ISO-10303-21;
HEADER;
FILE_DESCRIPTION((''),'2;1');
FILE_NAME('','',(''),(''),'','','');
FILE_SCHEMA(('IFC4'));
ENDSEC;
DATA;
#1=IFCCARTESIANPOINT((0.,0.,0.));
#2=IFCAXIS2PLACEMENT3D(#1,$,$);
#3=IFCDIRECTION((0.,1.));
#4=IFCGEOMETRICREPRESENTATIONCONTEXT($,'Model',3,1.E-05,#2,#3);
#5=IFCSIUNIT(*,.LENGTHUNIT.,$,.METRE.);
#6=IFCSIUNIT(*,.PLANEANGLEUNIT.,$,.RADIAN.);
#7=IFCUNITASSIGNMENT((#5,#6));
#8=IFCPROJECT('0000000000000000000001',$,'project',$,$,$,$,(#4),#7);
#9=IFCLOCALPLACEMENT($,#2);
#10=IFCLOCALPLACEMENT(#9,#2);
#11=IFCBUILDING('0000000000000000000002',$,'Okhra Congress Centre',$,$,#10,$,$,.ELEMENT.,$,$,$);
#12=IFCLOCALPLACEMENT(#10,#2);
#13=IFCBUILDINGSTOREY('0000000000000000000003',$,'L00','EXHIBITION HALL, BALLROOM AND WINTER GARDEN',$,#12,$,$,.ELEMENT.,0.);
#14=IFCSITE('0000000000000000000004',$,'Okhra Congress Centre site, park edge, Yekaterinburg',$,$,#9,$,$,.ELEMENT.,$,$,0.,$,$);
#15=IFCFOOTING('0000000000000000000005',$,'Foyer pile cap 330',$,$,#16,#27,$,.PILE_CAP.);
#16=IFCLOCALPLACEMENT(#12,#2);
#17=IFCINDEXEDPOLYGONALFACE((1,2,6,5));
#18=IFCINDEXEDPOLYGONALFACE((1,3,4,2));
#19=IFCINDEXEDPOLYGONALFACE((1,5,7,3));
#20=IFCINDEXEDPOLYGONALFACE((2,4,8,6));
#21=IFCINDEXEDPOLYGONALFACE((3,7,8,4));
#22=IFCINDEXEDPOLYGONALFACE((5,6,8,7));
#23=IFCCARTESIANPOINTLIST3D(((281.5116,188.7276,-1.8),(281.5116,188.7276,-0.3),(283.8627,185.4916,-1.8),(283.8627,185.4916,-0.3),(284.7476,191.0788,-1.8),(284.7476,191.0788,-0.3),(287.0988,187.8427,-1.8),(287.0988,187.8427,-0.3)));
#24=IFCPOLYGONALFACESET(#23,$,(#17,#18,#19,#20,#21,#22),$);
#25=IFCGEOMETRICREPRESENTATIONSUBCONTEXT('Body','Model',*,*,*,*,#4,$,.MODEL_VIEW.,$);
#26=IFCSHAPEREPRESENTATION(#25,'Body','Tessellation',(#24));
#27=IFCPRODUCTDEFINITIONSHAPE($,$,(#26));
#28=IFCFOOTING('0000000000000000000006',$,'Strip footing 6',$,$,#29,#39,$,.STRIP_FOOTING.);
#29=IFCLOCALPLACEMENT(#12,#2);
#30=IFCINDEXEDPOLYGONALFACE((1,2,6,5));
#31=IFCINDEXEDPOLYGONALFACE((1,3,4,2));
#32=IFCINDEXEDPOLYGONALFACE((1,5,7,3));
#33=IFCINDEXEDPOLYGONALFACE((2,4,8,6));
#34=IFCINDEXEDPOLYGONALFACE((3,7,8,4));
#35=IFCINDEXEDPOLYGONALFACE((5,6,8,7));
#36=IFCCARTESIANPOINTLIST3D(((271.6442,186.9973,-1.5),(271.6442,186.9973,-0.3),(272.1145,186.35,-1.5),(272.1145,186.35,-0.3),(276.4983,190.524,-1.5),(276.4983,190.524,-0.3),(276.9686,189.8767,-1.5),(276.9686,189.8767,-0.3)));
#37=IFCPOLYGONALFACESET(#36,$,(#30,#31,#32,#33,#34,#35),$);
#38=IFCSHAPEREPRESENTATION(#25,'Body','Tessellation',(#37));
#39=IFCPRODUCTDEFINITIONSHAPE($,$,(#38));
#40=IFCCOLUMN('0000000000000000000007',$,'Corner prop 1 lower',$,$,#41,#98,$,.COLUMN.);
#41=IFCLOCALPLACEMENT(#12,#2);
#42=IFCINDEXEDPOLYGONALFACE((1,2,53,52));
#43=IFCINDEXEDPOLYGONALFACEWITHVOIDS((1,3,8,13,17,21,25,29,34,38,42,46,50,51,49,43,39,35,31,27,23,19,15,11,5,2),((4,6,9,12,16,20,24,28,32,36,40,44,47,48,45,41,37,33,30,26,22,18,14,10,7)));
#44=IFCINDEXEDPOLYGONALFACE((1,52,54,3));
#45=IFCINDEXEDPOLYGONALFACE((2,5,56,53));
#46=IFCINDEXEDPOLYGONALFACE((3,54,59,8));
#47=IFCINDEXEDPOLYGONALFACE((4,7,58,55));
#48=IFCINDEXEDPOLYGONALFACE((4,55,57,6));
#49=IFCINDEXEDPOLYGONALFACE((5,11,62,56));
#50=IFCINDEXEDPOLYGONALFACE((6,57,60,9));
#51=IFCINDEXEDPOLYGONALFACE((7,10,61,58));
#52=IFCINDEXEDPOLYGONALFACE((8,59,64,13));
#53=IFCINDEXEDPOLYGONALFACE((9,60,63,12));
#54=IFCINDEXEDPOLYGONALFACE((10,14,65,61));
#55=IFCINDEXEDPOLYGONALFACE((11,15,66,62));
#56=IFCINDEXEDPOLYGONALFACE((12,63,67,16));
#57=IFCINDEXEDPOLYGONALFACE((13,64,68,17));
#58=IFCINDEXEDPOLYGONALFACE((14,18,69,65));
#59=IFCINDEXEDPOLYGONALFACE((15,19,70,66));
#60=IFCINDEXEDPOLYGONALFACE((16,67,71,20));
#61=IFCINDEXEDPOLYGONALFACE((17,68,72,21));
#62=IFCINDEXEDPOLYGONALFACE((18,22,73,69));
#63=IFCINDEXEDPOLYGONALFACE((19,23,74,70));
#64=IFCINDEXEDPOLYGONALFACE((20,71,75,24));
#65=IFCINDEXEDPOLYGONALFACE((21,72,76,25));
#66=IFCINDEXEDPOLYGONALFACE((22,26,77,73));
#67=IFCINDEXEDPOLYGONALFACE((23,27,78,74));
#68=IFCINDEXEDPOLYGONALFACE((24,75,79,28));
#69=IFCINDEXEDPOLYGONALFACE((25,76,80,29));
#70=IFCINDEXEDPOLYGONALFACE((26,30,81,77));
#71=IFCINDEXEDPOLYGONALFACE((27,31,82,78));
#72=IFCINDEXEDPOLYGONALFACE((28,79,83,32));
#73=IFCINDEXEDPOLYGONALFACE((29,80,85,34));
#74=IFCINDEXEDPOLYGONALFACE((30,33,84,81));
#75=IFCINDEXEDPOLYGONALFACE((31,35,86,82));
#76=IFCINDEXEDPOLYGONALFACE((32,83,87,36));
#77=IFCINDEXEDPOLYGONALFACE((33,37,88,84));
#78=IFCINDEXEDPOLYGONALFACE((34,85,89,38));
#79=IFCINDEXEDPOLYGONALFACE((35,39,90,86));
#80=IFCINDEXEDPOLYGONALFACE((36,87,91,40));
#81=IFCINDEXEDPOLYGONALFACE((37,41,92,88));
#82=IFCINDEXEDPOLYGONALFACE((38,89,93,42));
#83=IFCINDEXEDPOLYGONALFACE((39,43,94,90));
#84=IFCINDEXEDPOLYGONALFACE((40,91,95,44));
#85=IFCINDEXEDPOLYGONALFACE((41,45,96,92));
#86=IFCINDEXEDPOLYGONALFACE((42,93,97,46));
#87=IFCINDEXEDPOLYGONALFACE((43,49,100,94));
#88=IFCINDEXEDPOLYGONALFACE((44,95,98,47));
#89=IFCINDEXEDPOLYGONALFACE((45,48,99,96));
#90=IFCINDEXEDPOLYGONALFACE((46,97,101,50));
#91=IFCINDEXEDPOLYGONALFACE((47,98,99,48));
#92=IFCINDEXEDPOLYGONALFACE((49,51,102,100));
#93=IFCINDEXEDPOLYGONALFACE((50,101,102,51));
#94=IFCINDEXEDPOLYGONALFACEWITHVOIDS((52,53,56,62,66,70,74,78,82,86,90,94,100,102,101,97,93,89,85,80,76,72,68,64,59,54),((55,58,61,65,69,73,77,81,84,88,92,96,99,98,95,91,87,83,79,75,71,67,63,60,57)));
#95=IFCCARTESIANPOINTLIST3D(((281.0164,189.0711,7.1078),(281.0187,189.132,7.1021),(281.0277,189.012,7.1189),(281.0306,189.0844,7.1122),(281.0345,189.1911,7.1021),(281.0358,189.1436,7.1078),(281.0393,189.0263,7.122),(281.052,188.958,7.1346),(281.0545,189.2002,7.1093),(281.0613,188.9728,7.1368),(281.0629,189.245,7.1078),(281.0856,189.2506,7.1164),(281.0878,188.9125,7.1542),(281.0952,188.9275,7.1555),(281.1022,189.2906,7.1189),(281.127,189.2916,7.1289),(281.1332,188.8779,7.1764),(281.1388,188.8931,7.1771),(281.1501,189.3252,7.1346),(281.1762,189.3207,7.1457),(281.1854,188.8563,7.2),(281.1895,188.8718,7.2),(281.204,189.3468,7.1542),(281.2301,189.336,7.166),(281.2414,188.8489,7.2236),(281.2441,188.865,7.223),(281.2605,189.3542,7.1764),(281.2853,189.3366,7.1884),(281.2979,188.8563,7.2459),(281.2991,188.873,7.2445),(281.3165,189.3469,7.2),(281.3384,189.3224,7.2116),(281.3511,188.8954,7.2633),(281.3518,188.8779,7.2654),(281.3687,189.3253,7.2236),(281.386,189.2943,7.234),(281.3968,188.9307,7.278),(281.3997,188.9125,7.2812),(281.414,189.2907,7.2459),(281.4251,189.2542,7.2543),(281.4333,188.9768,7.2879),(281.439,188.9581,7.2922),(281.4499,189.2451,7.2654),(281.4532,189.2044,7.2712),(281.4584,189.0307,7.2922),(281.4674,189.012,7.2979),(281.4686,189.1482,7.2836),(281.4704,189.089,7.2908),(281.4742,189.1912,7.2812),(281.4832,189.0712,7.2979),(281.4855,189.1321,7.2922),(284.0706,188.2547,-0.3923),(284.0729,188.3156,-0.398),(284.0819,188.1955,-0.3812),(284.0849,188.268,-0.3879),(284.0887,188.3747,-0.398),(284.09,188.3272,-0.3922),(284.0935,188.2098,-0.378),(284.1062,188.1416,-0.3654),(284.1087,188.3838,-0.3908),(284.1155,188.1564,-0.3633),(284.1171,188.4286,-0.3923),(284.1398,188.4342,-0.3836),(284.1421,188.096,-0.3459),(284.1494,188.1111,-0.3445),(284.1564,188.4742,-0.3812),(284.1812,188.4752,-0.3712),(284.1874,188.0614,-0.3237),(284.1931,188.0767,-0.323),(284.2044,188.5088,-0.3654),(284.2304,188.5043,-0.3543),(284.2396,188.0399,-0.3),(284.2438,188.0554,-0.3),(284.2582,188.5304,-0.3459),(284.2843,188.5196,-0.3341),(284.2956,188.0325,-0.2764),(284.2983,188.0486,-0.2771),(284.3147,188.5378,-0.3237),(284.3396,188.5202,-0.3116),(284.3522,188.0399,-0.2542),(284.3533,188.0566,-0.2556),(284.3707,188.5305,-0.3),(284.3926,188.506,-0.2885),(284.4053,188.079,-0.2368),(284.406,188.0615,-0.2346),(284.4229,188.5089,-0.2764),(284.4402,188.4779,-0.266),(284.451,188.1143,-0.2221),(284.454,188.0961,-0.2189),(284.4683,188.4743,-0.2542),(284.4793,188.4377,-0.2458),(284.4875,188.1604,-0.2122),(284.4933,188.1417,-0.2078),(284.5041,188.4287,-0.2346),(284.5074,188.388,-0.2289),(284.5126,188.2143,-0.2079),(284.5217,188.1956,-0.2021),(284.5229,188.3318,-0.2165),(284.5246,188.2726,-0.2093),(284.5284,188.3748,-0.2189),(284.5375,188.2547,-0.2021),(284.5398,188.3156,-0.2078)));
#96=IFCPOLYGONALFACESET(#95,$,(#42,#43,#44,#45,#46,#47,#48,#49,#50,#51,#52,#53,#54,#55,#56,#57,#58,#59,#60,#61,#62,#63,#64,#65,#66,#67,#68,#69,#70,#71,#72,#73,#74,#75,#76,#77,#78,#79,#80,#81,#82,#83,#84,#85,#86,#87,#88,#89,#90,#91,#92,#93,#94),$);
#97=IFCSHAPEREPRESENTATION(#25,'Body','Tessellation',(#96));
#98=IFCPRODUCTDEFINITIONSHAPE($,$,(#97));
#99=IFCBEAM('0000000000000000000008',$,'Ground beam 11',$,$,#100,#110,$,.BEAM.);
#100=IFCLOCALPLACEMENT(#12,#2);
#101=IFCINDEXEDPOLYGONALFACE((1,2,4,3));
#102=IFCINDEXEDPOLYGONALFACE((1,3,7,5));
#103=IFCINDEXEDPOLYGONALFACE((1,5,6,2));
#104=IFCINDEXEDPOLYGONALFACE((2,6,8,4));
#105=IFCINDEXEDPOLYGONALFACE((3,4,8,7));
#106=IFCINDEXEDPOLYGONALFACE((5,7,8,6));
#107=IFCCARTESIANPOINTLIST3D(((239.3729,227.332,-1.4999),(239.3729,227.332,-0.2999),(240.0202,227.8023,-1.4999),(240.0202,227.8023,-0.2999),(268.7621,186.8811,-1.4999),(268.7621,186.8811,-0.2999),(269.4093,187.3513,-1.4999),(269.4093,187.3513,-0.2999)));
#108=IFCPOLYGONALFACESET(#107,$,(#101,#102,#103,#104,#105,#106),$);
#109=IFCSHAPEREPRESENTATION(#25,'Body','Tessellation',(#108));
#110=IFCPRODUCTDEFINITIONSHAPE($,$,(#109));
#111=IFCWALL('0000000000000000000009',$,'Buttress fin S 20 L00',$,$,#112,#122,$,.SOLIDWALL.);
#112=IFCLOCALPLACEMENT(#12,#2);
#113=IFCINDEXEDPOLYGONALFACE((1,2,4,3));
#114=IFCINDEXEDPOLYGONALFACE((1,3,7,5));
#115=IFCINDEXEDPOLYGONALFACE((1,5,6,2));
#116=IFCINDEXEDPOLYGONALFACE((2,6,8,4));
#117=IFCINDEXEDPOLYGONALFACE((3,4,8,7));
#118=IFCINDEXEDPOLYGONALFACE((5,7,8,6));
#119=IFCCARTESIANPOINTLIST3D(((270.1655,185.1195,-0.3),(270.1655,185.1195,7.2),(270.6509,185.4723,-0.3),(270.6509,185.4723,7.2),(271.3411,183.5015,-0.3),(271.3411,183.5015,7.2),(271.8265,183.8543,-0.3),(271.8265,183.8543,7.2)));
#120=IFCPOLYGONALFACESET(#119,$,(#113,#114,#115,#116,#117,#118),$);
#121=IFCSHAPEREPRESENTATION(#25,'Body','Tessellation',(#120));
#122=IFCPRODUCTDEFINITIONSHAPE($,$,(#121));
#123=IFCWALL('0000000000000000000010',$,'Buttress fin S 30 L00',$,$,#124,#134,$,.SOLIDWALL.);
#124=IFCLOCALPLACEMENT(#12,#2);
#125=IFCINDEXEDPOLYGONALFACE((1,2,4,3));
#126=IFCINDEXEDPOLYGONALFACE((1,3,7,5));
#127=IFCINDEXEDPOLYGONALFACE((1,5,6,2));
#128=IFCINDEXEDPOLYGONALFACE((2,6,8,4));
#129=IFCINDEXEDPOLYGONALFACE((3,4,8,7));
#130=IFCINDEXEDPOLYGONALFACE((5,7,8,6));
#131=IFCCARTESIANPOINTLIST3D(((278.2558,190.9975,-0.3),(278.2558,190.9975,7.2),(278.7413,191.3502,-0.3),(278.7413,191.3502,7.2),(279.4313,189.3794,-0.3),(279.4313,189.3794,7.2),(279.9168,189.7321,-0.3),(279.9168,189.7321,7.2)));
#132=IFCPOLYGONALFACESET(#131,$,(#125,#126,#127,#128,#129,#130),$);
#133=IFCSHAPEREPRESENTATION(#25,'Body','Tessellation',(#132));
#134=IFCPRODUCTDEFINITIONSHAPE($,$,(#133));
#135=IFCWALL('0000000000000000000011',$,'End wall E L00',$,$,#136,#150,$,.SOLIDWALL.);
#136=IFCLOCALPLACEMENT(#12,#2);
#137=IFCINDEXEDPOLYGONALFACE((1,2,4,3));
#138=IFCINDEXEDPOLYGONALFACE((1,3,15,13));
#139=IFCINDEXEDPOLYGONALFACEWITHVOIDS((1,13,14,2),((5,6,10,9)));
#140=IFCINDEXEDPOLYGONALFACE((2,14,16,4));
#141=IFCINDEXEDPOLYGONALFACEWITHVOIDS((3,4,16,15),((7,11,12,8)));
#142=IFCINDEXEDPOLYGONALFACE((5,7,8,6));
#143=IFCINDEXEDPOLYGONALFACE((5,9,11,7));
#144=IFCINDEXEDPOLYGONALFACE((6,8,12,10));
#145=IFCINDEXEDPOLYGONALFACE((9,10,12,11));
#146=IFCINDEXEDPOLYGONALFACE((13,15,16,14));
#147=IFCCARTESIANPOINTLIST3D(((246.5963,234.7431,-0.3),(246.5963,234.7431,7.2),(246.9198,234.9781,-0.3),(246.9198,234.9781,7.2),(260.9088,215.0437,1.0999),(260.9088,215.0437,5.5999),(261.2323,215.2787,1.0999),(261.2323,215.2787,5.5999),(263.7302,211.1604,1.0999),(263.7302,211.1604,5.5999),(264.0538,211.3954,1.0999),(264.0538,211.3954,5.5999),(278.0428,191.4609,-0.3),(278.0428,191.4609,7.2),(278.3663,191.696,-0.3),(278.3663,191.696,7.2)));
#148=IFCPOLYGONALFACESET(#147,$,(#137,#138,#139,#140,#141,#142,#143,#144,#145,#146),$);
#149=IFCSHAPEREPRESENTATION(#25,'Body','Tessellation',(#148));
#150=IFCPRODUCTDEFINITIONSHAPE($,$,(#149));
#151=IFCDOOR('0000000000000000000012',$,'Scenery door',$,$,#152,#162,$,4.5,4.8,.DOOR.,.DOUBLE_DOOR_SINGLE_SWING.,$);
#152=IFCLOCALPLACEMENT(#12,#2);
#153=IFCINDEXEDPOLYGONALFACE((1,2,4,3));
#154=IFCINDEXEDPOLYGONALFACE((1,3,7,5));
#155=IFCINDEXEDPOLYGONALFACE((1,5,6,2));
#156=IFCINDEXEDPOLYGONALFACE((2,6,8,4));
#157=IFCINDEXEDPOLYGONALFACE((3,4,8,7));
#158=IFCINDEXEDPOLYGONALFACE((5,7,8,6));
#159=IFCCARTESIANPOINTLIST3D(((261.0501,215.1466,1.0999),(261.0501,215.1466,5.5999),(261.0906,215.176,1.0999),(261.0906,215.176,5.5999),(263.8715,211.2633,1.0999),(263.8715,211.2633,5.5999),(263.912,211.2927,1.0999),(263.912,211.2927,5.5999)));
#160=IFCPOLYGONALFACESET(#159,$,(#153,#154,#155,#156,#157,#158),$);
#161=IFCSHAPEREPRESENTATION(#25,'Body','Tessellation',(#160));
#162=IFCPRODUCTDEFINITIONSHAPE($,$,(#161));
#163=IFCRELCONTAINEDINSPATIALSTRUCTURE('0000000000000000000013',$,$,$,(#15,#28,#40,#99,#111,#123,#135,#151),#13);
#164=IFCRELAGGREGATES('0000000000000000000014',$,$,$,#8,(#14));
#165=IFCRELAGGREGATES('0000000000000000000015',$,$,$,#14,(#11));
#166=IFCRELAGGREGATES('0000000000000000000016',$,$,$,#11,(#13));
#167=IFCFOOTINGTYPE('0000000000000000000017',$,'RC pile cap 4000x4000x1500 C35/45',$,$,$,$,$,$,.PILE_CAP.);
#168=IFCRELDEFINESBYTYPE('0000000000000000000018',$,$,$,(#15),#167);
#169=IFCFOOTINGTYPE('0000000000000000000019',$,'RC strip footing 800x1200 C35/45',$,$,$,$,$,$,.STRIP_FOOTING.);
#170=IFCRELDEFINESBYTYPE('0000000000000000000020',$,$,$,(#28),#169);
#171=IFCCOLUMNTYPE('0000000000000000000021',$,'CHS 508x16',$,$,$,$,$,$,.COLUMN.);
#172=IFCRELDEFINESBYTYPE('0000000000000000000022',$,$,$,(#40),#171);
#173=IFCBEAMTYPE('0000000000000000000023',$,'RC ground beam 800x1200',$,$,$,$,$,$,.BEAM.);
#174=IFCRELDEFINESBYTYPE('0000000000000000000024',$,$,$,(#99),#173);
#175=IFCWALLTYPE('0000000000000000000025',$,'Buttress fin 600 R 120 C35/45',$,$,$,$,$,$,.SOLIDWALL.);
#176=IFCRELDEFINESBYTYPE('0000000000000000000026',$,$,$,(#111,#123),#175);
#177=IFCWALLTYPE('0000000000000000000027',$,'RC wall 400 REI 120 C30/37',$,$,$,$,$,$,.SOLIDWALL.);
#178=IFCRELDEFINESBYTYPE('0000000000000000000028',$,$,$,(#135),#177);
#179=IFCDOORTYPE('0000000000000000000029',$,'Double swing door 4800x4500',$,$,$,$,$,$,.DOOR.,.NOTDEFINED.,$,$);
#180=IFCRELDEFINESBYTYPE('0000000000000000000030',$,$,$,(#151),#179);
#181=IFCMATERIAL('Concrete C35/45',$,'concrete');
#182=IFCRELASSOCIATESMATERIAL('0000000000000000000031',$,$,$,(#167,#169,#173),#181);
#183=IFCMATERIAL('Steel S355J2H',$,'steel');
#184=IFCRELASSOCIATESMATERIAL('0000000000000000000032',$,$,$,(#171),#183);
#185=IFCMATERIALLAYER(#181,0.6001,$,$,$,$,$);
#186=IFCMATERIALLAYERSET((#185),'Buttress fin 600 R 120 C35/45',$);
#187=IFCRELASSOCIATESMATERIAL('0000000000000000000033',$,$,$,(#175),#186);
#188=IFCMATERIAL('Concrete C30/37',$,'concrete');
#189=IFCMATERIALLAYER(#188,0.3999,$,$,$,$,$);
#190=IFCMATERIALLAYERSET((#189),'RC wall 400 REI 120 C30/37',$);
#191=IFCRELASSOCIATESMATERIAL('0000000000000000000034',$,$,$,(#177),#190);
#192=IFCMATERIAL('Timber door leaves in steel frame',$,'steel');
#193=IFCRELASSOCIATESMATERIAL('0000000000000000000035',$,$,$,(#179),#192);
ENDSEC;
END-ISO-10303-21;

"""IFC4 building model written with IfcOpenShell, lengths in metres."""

from ifc_helpers import new_model, si_unit, direction, frame, frame_2d, origin, origin_2d, place, context, subcontext, project, spatial, rectangle, hollow_circle, extrude, material, layer, layer_set, material_profile, profile_set, type_object, element, fill, save


model = new_model("IFC4")

# Units and contexts
model_context = context("Model", 3, precision=1e-05, world=origin(), true_north=direction((0.0, 1.0)))
body_context = subcontext(model_context, "Body", "Model", "MODEL_VIEW")
ifc_project = project(units=[si_unit("LENGTHUNIT", "METRE"), si_unit("PLANEANGLEUNIT", "RADIAN")], contexts=[model_context])

# Site, building, storey
site_placement = place(None, origin())
site = spatial("IfcSite", under=ifc_project, at=site_placement, Name="Okhra Congress Centre site, park edge, Yekaterinburg", CompositionType="ELEMENT", RefElevation=0.0)
building_placement = place(site_placement, origin())
building = spatial("IfcBuilding", under=site, at=building_placement, Name="Okhra Congress Centre", CompositionType="ELEMENT")
storey_placement = place(building_placement, origin())
storey = spatial("IfcBuildingStorey", under=building, at=storey_placement, Name="L00", Description="EXHIBITION HALL, BALLROOM AND WINTER GARDEN", CompositionType="ELEMENT", Elevation=0.0)

# Shared definitions
ifc_material_1 = material(Name="Concrete C30/37", Category="concrete")

# Footings
ifc_material_2 = material(Name="Concrete C35/45", Category="concrete")
footing_type_1 = type_object("IfcFootingType", Name="RC pile cap 4000x4000x1500 C35/45", PredefinedType="PILE_CAP", material=ifc_material_2)
for number, where, z_axis, x_axis, name in (
    (1, (284.3052, 188.2852, -1.8), (0.0, 0.0, 1.0), (0.809017, 0.587785, 0.0), "Foyer pile cap 330"),
):
    element("IfcFooting", number, at=place(storey_placement, frame(where, z_axis=z_axis, x_axis=x_axis)), inside=storey, type_object=footing_type_1, Name=name, PredefinedType="PILE_CAP", context=body_context, shape_type="SweptSolid", body=[
        extrude(rectangle(XDim=4.0, YDim=4.0, at=origin_2d()), origin(), (0.0, 0.0, 1.0), 1.5),
    ])
footing_type_2 = type_object("IfcFootingType", Name="RC strip footing 800x1200 C35/45", PredefinedType="STRIP_FOOTING", material=ifc_material_2)
footing_placement = place(storey_placement, frame((274.3064, 188.437, -1.5), z_axis=(0.0, 0.0, 1.0), x_axis=(0.809017, 0.587785, 0.0)))
element("IfcFooting", 2, at=footing_placement, inside=storey, type_object=footing_type_2, Name="Strip footing 6", PredefinedType="STRIP_FOOTING", context=body_context, shape_type="SweptSolid", body=[
    extrude(rectangle(XDim=6.0, YDim=0.8, at=origin_2d()), origin(), (0.0, 0.0, 1.0), 1.2),
])

# Column
ifc_material_3 = material(Name="Steel S355J2H", Category="steel")
ifc_material_profile_1 = material_profile(ifc_material_3, hollow_circle(Radius=0.2539, WallThickness=0.0161, at=origin_2d()), Name="CHS 508x16")
ifc_profile_set_1 = profile_set([ifc_material_profile_1], Name="Steel S355J2H")
column_type = type_object("IfcColumnType", Name="CHS 508x16", PredefinedType="COLUMN", material=ifc_profile_set_1)
column_placement = place(storey_placement, frame((284.3052, 188.2852, -0.3), z_axis=(-0.375251, 0.100307, 0.92148), x_axis=(-0.258239, -0.966081, 0.0)))
element("IfcColumn", 3, at=column_placement, inside=storey, type_object=column_type, Name="Corner prop 1 lower", PredefinedType="COLUMN", context=body_context, shape_type="SweptSolid", body=[
    extrude(hollow_circle(Radius=0.2539, WallThickness=0.0161, at=origin_2d()), origin(), (0.0, 0.0, 1.0), 8.1392),
])

# Beam
ifc_material_profile_2 = material_profile(ifc_material_2, rectangle(XDim=0.8, YDim=1.2, at=origin_2d()), Name="RC ground beam 800x1200")
ifc_profile_set_2 = profile_set([ifc_material_profile_2], Name="Concrete C35/45")
beam_type = type_object("IfcBeamType", Name="RC ground beam 800x1200", PredefinedType="BEAM", material=ifc_profile_set_2)
beam_placement = place(storey_placement, frame((269.0857, 187.1162, -0.8999), z_axis=(-0.587783, 0.809019, 0.0), x_axis=(-0.809019, -0.587783, 0.0)))
element("IfcBeam", 4, at=beam_placement, inside=storey, type_object=beam_type, Name="Ground beam 11", PredefinedType="BEAM", context=body_context, shape_type="SweptSolid", body=[
    extrude(rectangle(XDim=0.8, YDim=1.2, at=origin_2d()), origin(), (0.0, 0.0, 1.0), 50.0),
])

# Walls
ifc_layer_1 = layer(ifc_material_2, 0.6001)
ifc_layer_set_1 = layer_set([ifc_layer_1], Name="Buttress fin 600 R 120 C35/45")
wall_type_1 = type_object("IfcWallType", Name="Buttress fin 600 R 120 C35/45", PredefinedType="SOLIDWALL", material=ifc_layer_set_1)
for number, where, z_axis, x_axis, name in (
    (5, (270.4082, 185.2959, -0.3), (0.0, 0.0, 1.0), (0.587801, -0.809005, 0.0), "Buttress fin S 20 L00"),
    (6, (278.4985, 191.1738, -0.3), (0.0, 0.0, 1.0), (0.587743, -0.809047, 0.0), "Buttress fin S 30 L00"),
):
    element("IfcWall", number, at=place(storey_placement, frame(where, z_axis=z_axis, x_axis=x_axis)), inside=storey, type_object=wall_type_1, Name=name, PredefinedType="SOLIDWALL", context=body_context, shape_type="SweptSolid", body=[
        extrude(rectangle(XDim=2.0, YDim=0.6001, at=frame_2d((1.0, 0.0))), origin(), (0.0, 0.0, 1.0), 7.5),
    ])

# Wall, opening, door
ifc_layer_2 = layer(ifc_material_1, 0.3999)
ifc_layer_set_2 = layer_set([ifc_layer_2], Name="RC wall 400 REI 120 C30/37")
wall_type_2 = type_object("IfcWallType", Name="RC wall 400 REI 120 C30/37", PredefinedType="SOLIDWALL", material=ifc_layer_set_2)
wall_placement = place(storey_placement, frame((278.2046, 191.5784, -0.3), z_axis=(0.0, 0.0, 1.0), x_axis=(-0.587787, 0.809016, 0.0)))
wall = element("IfcWall", 7, at=wall_placement, inside=storey, type_object=wall_type_2, Name="End wall E L00", PredefinedType="SOLIDWALL", context=body_context, shape_type="SweptSolid", body=[
    extrude(rectangle(XDim=53.4998, YDim=0.3999, at=frame_2d((26.75, 0.0))), origin(), (0.0, 0.0, 1.0), 7.5),
])
opening_placement = place(wall_placement, frame((24.3501, 0.0, 1.3999)))
opening = element("IfcOpeningElement", 8, at=opening_placement, cuts=wall, PredefinedType="OPENING", context=body_context, shape_type="SweptSolid", body=[
    extrude(rectangle(XDim=4.8, YDim=4.5, at=frame_2d((2.3999, 2.25))), frame((0.0, 0.21, 0.0), z_axis=(0.0, -1.0, 0.0), x_axis=(1.0, 0.0, 0.0)), (0.0, 0.0, 1.0), 0.4199),
])
ifc_material_4 = material(Name="Timber door leaves in steel frame", Category="steel")
door_type = type_object("IfcDoorType", Name="Double swing door 4800x4500", OperationType="NOTDEFINED", PredefinedType="DOOR", material=ifc_material_4)
door_placement = place(opening_placement, frame((4.8, 0.0, 0.0), z_axis=(0.0, 0.0, 1.0), x_axis=(-1.0, 0.0, 0.0)))
door = element("IfcDoor", 9, at=door_placement, inside=storey, type_object=door_type, Name="Scenery door", OperationType="DOUBLE_DOOR_SINGLE_SWING", OverallHeight=4.5, OverallWidth=4.8, PredefinedType="DOOR", context=body_context, shape_type="SweptSolid", body=[
    extrude(rectangle(XDim=4.8, YDim=4.5, at=frame_2d((2.3999, 2.25))), frame((0.0, 0.0249, 0.0), z_axis=(0.0, -1.0, 0.0), x_axis=(1.0, 0.0, 0.0)), (0.0, 0.0, 1.0), 0.05),
])
fill(opening, door)

save(model, "model.ifc")
